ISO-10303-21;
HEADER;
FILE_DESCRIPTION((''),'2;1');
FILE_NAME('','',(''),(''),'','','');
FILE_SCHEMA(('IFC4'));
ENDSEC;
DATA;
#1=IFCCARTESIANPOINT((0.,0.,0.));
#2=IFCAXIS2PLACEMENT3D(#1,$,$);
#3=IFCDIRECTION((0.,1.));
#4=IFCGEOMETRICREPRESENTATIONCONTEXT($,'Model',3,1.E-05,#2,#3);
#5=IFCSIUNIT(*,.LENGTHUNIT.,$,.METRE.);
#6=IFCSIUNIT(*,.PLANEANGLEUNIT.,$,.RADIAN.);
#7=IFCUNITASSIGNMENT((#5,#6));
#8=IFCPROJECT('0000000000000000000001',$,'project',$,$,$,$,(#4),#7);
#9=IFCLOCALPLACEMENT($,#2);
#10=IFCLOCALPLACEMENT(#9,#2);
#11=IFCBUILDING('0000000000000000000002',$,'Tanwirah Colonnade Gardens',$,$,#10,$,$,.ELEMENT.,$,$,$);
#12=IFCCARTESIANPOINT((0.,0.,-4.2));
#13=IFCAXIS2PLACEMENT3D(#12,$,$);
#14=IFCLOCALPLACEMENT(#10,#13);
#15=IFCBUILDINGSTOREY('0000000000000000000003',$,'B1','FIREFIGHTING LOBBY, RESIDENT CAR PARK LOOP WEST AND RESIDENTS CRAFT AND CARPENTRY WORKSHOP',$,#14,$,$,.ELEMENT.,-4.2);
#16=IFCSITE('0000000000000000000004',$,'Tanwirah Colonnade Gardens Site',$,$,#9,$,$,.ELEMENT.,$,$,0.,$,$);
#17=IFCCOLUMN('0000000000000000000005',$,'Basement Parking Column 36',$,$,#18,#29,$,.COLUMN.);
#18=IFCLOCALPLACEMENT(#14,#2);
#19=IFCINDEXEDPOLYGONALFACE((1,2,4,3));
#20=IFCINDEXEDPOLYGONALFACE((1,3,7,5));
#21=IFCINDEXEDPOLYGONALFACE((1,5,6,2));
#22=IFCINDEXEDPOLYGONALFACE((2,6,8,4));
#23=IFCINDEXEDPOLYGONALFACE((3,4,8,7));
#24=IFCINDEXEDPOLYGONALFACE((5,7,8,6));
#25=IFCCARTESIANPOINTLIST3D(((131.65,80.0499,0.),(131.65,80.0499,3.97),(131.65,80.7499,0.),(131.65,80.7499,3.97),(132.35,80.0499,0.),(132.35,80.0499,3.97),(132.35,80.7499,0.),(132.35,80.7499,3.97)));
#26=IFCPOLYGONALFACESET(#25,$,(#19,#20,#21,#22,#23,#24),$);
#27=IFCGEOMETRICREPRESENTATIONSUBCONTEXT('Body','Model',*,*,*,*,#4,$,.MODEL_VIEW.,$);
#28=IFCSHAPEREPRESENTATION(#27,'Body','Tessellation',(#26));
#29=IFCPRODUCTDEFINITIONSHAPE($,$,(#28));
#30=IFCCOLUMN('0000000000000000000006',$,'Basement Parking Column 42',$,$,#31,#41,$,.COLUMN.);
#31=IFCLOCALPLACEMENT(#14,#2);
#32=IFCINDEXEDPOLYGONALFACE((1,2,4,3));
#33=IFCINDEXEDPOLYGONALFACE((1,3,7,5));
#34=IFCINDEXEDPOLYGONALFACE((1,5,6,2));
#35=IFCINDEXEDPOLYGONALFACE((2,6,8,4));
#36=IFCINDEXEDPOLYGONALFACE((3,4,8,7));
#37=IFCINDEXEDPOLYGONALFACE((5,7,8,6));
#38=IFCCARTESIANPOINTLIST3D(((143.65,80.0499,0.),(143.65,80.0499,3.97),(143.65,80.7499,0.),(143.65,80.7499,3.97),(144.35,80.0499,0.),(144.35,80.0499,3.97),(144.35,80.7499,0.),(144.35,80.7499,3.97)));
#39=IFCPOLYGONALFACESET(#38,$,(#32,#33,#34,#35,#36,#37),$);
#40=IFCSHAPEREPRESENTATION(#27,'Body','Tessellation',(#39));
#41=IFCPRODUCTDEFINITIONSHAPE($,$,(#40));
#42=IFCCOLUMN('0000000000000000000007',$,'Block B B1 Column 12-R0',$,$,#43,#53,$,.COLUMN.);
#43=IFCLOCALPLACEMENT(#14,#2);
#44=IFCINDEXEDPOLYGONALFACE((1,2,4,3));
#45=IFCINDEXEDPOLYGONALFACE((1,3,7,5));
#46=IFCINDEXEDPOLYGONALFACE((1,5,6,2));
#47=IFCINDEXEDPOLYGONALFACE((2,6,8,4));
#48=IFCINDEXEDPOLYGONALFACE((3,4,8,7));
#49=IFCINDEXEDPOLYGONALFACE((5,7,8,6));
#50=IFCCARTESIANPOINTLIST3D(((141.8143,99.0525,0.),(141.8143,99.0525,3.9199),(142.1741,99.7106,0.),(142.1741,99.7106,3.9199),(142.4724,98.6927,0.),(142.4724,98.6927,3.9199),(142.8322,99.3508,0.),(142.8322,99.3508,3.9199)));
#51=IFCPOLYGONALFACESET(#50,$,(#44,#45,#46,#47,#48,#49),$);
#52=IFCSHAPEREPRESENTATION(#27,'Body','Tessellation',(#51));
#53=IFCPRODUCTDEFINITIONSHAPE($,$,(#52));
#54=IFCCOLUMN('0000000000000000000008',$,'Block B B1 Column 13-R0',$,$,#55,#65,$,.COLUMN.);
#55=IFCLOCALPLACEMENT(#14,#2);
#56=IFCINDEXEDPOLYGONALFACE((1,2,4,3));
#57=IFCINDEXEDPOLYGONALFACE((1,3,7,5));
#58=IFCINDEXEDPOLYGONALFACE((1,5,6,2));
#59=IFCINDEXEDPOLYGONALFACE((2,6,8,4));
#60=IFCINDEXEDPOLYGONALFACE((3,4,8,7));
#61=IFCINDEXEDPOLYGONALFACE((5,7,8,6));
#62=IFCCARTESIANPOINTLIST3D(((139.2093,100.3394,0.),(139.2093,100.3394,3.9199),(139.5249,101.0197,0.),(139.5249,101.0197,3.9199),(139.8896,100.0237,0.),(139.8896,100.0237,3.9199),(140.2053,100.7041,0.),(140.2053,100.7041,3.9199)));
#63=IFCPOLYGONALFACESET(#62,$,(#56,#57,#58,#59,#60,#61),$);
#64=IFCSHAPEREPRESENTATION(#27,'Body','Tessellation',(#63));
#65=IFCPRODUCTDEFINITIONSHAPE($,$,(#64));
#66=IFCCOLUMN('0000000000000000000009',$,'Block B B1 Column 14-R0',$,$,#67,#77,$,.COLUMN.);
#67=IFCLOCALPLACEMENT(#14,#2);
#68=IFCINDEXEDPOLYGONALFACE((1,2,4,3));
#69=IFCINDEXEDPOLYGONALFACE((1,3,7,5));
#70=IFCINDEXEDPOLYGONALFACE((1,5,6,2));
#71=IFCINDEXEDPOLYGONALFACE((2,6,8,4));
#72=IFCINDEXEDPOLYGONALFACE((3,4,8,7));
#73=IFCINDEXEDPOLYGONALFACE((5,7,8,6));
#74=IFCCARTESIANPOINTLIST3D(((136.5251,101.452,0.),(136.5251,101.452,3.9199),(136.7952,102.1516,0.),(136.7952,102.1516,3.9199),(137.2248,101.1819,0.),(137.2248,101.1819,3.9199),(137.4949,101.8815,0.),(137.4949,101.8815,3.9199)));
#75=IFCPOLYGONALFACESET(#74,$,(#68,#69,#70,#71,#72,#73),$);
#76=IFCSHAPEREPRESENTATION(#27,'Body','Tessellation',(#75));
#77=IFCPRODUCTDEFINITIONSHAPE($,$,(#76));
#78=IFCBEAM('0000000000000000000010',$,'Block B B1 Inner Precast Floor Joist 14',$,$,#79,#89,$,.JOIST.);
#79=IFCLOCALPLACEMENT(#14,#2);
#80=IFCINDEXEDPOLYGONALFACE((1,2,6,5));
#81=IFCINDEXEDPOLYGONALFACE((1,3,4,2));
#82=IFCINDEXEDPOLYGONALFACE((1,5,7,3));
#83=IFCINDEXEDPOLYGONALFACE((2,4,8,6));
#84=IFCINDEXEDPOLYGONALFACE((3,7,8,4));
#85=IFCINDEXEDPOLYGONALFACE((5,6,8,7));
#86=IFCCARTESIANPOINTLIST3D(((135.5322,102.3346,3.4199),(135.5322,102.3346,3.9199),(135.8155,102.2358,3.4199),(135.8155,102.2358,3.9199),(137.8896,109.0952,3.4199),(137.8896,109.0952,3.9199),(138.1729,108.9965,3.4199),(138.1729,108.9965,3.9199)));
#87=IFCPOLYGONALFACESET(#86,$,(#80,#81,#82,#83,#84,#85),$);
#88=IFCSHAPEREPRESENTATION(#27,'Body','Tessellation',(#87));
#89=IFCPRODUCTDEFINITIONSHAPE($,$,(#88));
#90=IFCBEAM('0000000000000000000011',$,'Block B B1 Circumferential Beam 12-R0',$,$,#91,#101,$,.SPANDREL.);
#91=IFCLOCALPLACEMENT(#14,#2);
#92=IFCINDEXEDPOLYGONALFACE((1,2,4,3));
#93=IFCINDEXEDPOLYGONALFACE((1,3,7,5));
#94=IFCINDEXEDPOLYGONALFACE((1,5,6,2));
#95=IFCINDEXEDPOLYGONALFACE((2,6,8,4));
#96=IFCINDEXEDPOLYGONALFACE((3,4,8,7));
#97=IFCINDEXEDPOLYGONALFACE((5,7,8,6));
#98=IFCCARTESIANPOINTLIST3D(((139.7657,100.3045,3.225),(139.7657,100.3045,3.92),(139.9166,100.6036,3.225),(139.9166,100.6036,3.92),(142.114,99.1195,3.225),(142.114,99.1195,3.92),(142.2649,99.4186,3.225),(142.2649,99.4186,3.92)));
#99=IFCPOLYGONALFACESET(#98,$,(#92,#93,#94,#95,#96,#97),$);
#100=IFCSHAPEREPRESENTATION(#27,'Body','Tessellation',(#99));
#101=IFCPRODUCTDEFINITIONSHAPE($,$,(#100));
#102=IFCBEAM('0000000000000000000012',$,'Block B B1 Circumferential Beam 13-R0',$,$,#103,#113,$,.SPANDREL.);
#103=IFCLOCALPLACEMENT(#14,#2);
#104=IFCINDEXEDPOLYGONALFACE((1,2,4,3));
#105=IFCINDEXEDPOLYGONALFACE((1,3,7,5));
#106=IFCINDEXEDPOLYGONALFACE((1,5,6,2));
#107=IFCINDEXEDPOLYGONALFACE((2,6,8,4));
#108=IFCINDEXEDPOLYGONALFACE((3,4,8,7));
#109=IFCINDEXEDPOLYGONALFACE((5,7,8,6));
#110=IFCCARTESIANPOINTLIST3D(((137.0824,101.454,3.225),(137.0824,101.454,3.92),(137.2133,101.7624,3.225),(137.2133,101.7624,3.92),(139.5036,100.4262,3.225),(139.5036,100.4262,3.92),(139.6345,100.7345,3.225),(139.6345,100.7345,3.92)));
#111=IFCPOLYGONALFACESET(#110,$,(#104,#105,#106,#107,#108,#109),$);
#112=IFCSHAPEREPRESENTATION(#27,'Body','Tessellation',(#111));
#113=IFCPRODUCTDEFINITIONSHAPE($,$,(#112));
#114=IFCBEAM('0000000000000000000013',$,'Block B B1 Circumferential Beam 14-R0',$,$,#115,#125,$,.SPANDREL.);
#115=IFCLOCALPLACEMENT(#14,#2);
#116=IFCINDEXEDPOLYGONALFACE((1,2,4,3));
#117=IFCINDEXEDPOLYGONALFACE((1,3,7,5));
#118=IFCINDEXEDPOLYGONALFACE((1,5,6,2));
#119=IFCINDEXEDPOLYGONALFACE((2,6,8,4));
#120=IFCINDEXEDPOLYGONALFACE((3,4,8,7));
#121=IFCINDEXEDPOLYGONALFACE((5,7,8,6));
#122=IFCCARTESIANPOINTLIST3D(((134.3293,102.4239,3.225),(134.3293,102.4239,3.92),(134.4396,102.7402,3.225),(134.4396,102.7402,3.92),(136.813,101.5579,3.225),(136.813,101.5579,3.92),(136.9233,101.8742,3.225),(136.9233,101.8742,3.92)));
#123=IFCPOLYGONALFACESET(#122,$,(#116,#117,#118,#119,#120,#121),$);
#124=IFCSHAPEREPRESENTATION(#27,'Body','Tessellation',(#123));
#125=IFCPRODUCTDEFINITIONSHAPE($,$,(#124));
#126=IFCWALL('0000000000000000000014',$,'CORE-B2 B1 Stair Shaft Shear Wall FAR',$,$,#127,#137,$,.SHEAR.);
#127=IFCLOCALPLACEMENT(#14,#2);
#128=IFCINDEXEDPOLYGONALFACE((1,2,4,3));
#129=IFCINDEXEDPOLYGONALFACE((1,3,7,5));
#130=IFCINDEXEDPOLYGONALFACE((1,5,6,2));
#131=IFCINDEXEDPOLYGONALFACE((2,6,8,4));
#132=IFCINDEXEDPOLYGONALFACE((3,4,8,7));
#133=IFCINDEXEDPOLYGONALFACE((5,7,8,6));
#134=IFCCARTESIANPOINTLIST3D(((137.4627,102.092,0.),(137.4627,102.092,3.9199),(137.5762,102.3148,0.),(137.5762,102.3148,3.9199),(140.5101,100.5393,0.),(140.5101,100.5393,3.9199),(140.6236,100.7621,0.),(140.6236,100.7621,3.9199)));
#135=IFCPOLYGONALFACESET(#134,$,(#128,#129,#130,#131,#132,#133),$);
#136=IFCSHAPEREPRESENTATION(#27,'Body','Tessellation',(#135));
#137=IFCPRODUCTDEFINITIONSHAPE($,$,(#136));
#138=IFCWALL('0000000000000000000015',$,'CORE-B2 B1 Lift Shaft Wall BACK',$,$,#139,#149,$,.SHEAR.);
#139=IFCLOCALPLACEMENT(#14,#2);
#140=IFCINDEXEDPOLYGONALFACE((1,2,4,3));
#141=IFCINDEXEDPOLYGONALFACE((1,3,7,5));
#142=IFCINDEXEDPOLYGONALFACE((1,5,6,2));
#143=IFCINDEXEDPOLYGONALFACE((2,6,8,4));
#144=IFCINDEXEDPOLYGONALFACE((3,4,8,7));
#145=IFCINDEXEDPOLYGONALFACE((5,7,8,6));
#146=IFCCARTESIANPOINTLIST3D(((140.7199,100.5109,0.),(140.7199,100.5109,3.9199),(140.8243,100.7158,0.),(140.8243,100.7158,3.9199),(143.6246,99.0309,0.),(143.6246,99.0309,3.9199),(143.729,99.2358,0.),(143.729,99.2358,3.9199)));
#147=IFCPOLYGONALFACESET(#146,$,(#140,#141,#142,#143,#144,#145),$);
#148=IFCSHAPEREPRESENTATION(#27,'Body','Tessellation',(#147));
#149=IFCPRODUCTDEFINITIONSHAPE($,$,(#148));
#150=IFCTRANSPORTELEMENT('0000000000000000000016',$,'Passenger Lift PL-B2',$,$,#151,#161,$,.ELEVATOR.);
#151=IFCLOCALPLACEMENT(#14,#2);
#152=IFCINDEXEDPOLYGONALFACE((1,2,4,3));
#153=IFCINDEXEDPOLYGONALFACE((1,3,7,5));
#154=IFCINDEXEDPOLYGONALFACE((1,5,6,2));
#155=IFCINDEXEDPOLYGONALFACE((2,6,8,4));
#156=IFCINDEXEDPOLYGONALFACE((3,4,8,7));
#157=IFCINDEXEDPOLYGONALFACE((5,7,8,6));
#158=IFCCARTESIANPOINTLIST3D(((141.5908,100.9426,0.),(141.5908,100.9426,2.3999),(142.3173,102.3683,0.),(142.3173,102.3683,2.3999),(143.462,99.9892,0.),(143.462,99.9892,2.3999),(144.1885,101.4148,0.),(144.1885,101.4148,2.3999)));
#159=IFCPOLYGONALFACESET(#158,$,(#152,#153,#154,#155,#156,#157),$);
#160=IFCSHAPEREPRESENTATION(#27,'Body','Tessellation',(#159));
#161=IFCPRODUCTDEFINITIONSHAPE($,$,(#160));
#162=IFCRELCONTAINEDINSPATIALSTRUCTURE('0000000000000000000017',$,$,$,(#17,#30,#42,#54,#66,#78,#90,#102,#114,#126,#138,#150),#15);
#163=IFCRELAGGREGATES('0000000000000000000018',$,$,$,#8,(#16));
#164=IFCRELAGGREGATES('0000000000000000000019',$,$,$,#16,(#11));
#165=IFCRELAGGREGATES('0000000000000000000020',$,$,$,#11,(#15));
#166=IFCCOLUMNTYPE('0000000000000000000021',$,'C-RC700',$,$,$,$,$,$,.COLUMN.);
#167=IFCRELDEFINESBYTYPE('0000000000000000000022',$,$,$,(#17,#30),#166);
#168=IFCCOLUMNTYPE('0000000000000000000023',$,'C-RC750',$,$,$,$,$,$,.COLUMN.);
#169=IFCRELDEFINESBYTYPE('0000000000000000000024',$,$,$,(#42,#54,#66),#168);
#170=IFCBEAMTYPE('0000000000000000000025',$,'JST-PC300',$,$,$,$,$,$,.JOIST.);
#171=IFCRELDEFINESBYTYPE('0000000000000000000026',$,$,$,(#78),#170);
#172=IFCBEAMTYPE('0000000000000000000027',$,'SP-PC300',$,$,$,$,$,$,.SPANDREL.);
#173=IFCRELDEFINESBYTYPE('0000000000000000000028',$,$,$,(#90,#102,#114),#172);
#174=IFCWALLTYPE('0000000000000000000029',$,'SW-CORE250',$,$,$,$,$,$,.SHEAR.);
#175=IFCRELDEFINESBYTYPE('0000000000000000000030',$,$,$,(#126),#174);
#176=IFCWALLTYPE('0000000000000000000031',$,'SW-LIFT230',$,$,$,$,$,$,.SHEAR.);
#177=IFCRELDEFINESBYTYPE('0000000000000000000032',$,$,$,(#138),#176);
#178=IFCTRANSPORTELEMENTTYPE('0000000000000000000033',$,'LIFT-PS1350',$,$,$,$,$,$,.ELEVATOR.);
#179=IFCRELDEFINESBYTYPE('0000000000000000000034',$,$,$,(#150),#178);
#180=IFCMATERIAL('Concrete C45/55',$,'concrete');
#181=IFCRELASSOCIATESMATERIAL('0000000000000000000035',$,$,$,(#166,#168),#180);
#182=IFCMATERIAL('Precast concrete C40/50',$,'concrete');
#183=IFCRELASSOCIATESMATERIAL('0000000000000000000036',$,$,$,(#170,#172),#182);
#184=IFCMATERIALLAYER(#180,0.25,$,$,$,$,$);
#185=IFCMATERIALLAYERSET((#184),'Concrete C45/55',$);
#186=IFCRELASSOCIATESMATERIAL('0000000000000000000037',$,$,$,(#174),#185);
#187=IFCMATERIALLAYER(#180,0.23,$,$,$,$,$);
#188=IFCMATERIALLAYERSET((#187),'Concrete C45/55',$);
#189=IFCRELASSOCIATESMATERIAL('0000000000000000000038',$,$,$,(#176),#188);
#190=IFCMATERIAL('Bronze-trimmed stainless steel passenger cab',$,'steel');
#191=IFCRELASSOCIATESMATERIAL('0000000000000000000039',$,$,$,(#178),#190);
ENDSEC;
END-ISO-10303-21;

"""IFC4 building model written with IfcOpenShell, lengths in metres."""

from ifc_helpers import new_model, si_unit, direction, frame, frame_2d, origin, origin_2d, place, context, subcontext, project, spatial, rectangle, extrude, material, layer, layer_set, material_profile, profile_set, type_object, element, save


model = new_model("IFC4")

# Units and contexts
model_context = context("Model", 3, precision=1e-05, world=origin(), true_north=direction((0.0, 1.0)))
body_context = subcontext(model_context, "Body", "Model", "MODEL_VIEW")
ifc_project = project(units=[si_unit("LENGTHUNIT", "METRE"), si_unit("PLANEANGLEUNIT", "RADIAN")], contexts=[model_context])

# Site, building, storey
site_placement = place(None, origin())
site = spatial("IfcSite", under=ifc_project, at=site_placement, Name="Tanwirah Colonnade Gardens Site", CompositionType="ELEMENT", RefElevation=0.0)
building_placement = place(site_placement, origin())
building = spatial("IfcBuilding", under=site, at=building_placement, Name="Tanwirah Colonnade Gardens", CompositionType="ELEMENT")
storey_placement = place(building_placement, frame((0.0, 0.0, -4.2)))
storey = spatial("IfcBuildingStorey", under=building, at=storey_placement, Name="B1", Description="FIREFIGHTING LOBBY, RESIDENT CAR PARK LOOP WEST AND RESIDENTS CRAFT AND CARPENTRY WORKSHOP", CompositionType="ELEMENT", Elevation=-4.2)

# Shared definitions
ifc_material_1 = material(Name="Concrete C45/55", Category="concrete")

# Columns
ifc_material_profile_1 = material_profile(ifc_material_1, rectangle(XDim=0.7, YDim=0.7, at=origin_2d()), Name="RC-COL 700x700")
ifc_profile_set_1 = profile_set([ifc_material_profile_1], Name="Concrete C45/55")
column_type_1 = type_object("IfcColumnType", Name="C-RC700", PredefinedType="COLUMN", material=ifc_profile_set_1)
for number, where, z_axis, x_axis, name in (
    (1, (132.0, 80.3999, 0.0), (0.0, 0.0, 1.0), (1.0, 0.0, 0.0), "Basement Parking Column 36"),
    (2, (144.0, 80.3999, 0.0), (0.0, 0.0, 1.0), (1.0, 0.0, 0.0), "Basement Parking Column 42"),
):
    element("IfcColumn", number, at=place(storey_placement, frame(where, z_axis=z_axis, x_axis=x_axis)), inside=storey, type_object=column_type_1, Name=name, PredefinedType="COLUMN", context=body_context, shape_type="SweptSolid", body=[
        extrude(rectangle(XDim=0.7, YDim=0.7, at=origin_2d()), origin(), (0.0, 0.0, 1.0), 3.97),
    ])
ifc_material_profile_2 = material_profile(ifc_material_1, rectangle(XDim=0.75, YDim=0.75, at=origin_2d()), Name="RC-COL 750x750")
ifc_profile_set_2 = profile_set([ifc_material_profile_2], Name="Concrete C45/55")
column_type_2 = type_object("IfcColumnType", Name="C-RC750", PredefinedType="COLUMN", material=ifc_profile_set_2)
for number, where, z_axis, x_axis, name in (
    (3, (142.3232, 99.2017, 0.0), (0.0, 0.0, 1.0), (0.479713, 0.877425, 0.0), "Block B B1 Column 12-R0"),
    (4, (139.7073, 100.5217, 0.0), (0.0, 0.0, 1.0), (0.42086, 0.907126, 0.0), "Block B B1 Column 13-R0"),
    (5, (137.01, 101.6667, 0.0), (0.0, 0.0, 1.0), (0.360178, 0.932884, 0.0), "Block B B1 Column 14-R0"),
):
    element("IfcColumn", number, at=place(storey_placement, frame(where, z_axis=z_axis, x_axis=x_axis)), inside=storey, type_object=column_type_2, Name=name, PredefinedType="COLUMN", context=body_context, shape_type="SweptSolid", body=[
        extrude(rectangle(XDim=0.75, YDim=0.75, at=origin_2d()), origin(), (0.0, 0.0, 1.0), 3.9199),
    ])

# Beams
ifc_material_2 = material(Name="Precast concrete C40/50", Category="concrete")
ifc_material_profile_3 = material_profile(ifc_material_2, rectangle(XDim=0.3, YDim=0.5, at=origin_2d()), Name="PC-JST 300x500")
ifc_profile_set_3 = profile_set([ifc_material_profile_3], Name="Precast concrete C40/50")
beam_type_1 = type_object("IfcBeamType", Name="JST-PC300", PredefinedType="JOIST", material=ifc_profile_set_3)
beam_placement = place(storey_placement, frame((135.6738, 102.2852, 3.6699), z_axis=(0.329251, 0.944243, 0.0), x_axis=(-0.944243, 0.329251, 0.0)))
element("IfcBeam", 6, at=beam_placement, inside=storey, type_object=beam_type_1, Name="Block B B1 Inner Precast Floor Joist 14", PredefinedType="JOIST", context=body_context, shape_type="SweptSolid", body=[
    extrude(rectangle(XDim=0.3, YDim=0.5, at=origin_2d()), origin(), (0.0, 0.0, 1.0), 7.1599),
])
ifc_material_profile_4 = material_profile(ifc_material_2, rectangle(XDim=0.335, YDim=0.6951, at=origin_2d()), Name="PC-SP 335x695")
ifc_profile_set_4 = profile_set([ifc_material_profile_4], Name="Precast concrete C40/50")
beam_type_2 = type_object("IfcBeamType", Name="SP-PC300", PredefinedType="SPANDREL", material=ifc_profile_set_4)
for number, where, z_axis, x_axis, name in (
    (7, (142.1895, 99.269, 3.5725), (-0.892769, 0.450515, 0.0), (-0.450515, -0.892769, 0.0), "Block B B1 Circumferential Beam 12-R0"),
    (8, (139.5691, 100.5803, 3.5725), (-0.920489, 0.390769, 0.0), (-0.390769, -0.920489, 0.0), "Block B B1 Circumferential Beam 13-R0"),
    (9, (136.8682, 101.7161, 3.5725), (-0.94425, 0.32923, 0.0), (-0.32923, -0.94425, 0.0), "Block B B1 Circumferential Beam 14-R0"),
):
    element("IfcBeam", number, at=place(storey_placement, frame(where, z_axis=z_axis, x_axis=x_axis)), inside=storey, type_object=beam_type_2, Name=name, PredefinedType="SPANDREL", context=body_context, shape_type="SweptSolid", body=[
        extrude(rectangle(XDim=0.335, YDim=0.6951, at=origin_2d()), origin(), (0.0, 0.0, 1.0), 2.6304),
    ])

# Walls
ifc_layer_1 = layer(ifc_material_1, 0.25)
ifc_layer_set_1 = layer_set([ifc_layer_1], Name="Concrete C45/55")
wall_type_1 = type_object("IfcWallType", Name="SW-CORE250", PredefinedType="SHEAR", material=ifc_layer_set_1)
wall_1_placement = place(storey_placement, frame((137.5195, 102.2034, 0.0), z_axis=(0.0, 0.0, 1.0), x_axis=(0.891004, -0.453996, 0.0)))
element("IfcWall", 10, at=wall_1_placement, inside=storey, type_object=wall_type_1, Name="CORE-B2 B1 Stair Shaft Shear Wall FAR", PredefinedType="SHEAR", context=body_context, shape_type="SweptSolid", body=[
    extrude(rectangle(XDim=3.4202, YDim=0.25, at=frame_2d((1.71, 0.0))), origin(), (0.0, 0.0, 1.0), 3.9199),
])
ifc_layer_2 = layer(ifc_material_1, 0.23)
ifc_layer_set_2 = layer_set([ifc_layer_2], Name="Concrete C45/55")
wall_type_2 = type_object("IfcWallType", Name="SW-LIFT230", PredefinedType="SHEAR", material=ifc_layer_set_2)
wall_2_placement = place(storey_placement, frame((140.7722, 100.6133, 0.0), z_axis=(0.0, 0.0, 1.0), x_axis=(0.891017, -0.453971, 0.0)))
element("IfcWall", 11, at=wall_2_placement, inside=storey, type_object=wall_type_2, Name="CORE-B2 B1 Lift Shaft Wall BACK", PredefinedType="SHEAR", context=body_context, shape_type="SweptSolid", body=[
    extrude(rectangle(XDim=3.26, YDim=0.23, at=frame_2d((1.6299, 0.0))), origin(), (0.0, 0.0, 1.0), 3.9199),
])

# Transport element
ifc_material_3 = material(Name="Bronze-trimmed stainless steel passenger cab", Category="steel")
transport_element_type = type_object("IfcTransportElementType", Name="LIFT-PS1350", PredefinedType="ELEVATOR", material=ifc_material_3)
transport_element_placement = place(storey_placement, frame((142.8896, 101.1787, 0.0), z_axis=(0.0, 0.0, 1.0), x_axis=(-0.45399, -0.891007, 0.0)))
element("IfcTransportElement", 12, at=transport_element_placement, inside=storey, type_object=transport_element_type, Name="Passenger Lift PL-B2", PredefinedType="ELEVATOR", context=body_context, shape_type="SweptSolid", body=[
    extrude(rectangle(XDim=1.6001, YDim=2.1001, at=origin_2d()), origin(), (0.0, 0.0, 1.0), 2.3999),
])

save(model, "model.ifc")
